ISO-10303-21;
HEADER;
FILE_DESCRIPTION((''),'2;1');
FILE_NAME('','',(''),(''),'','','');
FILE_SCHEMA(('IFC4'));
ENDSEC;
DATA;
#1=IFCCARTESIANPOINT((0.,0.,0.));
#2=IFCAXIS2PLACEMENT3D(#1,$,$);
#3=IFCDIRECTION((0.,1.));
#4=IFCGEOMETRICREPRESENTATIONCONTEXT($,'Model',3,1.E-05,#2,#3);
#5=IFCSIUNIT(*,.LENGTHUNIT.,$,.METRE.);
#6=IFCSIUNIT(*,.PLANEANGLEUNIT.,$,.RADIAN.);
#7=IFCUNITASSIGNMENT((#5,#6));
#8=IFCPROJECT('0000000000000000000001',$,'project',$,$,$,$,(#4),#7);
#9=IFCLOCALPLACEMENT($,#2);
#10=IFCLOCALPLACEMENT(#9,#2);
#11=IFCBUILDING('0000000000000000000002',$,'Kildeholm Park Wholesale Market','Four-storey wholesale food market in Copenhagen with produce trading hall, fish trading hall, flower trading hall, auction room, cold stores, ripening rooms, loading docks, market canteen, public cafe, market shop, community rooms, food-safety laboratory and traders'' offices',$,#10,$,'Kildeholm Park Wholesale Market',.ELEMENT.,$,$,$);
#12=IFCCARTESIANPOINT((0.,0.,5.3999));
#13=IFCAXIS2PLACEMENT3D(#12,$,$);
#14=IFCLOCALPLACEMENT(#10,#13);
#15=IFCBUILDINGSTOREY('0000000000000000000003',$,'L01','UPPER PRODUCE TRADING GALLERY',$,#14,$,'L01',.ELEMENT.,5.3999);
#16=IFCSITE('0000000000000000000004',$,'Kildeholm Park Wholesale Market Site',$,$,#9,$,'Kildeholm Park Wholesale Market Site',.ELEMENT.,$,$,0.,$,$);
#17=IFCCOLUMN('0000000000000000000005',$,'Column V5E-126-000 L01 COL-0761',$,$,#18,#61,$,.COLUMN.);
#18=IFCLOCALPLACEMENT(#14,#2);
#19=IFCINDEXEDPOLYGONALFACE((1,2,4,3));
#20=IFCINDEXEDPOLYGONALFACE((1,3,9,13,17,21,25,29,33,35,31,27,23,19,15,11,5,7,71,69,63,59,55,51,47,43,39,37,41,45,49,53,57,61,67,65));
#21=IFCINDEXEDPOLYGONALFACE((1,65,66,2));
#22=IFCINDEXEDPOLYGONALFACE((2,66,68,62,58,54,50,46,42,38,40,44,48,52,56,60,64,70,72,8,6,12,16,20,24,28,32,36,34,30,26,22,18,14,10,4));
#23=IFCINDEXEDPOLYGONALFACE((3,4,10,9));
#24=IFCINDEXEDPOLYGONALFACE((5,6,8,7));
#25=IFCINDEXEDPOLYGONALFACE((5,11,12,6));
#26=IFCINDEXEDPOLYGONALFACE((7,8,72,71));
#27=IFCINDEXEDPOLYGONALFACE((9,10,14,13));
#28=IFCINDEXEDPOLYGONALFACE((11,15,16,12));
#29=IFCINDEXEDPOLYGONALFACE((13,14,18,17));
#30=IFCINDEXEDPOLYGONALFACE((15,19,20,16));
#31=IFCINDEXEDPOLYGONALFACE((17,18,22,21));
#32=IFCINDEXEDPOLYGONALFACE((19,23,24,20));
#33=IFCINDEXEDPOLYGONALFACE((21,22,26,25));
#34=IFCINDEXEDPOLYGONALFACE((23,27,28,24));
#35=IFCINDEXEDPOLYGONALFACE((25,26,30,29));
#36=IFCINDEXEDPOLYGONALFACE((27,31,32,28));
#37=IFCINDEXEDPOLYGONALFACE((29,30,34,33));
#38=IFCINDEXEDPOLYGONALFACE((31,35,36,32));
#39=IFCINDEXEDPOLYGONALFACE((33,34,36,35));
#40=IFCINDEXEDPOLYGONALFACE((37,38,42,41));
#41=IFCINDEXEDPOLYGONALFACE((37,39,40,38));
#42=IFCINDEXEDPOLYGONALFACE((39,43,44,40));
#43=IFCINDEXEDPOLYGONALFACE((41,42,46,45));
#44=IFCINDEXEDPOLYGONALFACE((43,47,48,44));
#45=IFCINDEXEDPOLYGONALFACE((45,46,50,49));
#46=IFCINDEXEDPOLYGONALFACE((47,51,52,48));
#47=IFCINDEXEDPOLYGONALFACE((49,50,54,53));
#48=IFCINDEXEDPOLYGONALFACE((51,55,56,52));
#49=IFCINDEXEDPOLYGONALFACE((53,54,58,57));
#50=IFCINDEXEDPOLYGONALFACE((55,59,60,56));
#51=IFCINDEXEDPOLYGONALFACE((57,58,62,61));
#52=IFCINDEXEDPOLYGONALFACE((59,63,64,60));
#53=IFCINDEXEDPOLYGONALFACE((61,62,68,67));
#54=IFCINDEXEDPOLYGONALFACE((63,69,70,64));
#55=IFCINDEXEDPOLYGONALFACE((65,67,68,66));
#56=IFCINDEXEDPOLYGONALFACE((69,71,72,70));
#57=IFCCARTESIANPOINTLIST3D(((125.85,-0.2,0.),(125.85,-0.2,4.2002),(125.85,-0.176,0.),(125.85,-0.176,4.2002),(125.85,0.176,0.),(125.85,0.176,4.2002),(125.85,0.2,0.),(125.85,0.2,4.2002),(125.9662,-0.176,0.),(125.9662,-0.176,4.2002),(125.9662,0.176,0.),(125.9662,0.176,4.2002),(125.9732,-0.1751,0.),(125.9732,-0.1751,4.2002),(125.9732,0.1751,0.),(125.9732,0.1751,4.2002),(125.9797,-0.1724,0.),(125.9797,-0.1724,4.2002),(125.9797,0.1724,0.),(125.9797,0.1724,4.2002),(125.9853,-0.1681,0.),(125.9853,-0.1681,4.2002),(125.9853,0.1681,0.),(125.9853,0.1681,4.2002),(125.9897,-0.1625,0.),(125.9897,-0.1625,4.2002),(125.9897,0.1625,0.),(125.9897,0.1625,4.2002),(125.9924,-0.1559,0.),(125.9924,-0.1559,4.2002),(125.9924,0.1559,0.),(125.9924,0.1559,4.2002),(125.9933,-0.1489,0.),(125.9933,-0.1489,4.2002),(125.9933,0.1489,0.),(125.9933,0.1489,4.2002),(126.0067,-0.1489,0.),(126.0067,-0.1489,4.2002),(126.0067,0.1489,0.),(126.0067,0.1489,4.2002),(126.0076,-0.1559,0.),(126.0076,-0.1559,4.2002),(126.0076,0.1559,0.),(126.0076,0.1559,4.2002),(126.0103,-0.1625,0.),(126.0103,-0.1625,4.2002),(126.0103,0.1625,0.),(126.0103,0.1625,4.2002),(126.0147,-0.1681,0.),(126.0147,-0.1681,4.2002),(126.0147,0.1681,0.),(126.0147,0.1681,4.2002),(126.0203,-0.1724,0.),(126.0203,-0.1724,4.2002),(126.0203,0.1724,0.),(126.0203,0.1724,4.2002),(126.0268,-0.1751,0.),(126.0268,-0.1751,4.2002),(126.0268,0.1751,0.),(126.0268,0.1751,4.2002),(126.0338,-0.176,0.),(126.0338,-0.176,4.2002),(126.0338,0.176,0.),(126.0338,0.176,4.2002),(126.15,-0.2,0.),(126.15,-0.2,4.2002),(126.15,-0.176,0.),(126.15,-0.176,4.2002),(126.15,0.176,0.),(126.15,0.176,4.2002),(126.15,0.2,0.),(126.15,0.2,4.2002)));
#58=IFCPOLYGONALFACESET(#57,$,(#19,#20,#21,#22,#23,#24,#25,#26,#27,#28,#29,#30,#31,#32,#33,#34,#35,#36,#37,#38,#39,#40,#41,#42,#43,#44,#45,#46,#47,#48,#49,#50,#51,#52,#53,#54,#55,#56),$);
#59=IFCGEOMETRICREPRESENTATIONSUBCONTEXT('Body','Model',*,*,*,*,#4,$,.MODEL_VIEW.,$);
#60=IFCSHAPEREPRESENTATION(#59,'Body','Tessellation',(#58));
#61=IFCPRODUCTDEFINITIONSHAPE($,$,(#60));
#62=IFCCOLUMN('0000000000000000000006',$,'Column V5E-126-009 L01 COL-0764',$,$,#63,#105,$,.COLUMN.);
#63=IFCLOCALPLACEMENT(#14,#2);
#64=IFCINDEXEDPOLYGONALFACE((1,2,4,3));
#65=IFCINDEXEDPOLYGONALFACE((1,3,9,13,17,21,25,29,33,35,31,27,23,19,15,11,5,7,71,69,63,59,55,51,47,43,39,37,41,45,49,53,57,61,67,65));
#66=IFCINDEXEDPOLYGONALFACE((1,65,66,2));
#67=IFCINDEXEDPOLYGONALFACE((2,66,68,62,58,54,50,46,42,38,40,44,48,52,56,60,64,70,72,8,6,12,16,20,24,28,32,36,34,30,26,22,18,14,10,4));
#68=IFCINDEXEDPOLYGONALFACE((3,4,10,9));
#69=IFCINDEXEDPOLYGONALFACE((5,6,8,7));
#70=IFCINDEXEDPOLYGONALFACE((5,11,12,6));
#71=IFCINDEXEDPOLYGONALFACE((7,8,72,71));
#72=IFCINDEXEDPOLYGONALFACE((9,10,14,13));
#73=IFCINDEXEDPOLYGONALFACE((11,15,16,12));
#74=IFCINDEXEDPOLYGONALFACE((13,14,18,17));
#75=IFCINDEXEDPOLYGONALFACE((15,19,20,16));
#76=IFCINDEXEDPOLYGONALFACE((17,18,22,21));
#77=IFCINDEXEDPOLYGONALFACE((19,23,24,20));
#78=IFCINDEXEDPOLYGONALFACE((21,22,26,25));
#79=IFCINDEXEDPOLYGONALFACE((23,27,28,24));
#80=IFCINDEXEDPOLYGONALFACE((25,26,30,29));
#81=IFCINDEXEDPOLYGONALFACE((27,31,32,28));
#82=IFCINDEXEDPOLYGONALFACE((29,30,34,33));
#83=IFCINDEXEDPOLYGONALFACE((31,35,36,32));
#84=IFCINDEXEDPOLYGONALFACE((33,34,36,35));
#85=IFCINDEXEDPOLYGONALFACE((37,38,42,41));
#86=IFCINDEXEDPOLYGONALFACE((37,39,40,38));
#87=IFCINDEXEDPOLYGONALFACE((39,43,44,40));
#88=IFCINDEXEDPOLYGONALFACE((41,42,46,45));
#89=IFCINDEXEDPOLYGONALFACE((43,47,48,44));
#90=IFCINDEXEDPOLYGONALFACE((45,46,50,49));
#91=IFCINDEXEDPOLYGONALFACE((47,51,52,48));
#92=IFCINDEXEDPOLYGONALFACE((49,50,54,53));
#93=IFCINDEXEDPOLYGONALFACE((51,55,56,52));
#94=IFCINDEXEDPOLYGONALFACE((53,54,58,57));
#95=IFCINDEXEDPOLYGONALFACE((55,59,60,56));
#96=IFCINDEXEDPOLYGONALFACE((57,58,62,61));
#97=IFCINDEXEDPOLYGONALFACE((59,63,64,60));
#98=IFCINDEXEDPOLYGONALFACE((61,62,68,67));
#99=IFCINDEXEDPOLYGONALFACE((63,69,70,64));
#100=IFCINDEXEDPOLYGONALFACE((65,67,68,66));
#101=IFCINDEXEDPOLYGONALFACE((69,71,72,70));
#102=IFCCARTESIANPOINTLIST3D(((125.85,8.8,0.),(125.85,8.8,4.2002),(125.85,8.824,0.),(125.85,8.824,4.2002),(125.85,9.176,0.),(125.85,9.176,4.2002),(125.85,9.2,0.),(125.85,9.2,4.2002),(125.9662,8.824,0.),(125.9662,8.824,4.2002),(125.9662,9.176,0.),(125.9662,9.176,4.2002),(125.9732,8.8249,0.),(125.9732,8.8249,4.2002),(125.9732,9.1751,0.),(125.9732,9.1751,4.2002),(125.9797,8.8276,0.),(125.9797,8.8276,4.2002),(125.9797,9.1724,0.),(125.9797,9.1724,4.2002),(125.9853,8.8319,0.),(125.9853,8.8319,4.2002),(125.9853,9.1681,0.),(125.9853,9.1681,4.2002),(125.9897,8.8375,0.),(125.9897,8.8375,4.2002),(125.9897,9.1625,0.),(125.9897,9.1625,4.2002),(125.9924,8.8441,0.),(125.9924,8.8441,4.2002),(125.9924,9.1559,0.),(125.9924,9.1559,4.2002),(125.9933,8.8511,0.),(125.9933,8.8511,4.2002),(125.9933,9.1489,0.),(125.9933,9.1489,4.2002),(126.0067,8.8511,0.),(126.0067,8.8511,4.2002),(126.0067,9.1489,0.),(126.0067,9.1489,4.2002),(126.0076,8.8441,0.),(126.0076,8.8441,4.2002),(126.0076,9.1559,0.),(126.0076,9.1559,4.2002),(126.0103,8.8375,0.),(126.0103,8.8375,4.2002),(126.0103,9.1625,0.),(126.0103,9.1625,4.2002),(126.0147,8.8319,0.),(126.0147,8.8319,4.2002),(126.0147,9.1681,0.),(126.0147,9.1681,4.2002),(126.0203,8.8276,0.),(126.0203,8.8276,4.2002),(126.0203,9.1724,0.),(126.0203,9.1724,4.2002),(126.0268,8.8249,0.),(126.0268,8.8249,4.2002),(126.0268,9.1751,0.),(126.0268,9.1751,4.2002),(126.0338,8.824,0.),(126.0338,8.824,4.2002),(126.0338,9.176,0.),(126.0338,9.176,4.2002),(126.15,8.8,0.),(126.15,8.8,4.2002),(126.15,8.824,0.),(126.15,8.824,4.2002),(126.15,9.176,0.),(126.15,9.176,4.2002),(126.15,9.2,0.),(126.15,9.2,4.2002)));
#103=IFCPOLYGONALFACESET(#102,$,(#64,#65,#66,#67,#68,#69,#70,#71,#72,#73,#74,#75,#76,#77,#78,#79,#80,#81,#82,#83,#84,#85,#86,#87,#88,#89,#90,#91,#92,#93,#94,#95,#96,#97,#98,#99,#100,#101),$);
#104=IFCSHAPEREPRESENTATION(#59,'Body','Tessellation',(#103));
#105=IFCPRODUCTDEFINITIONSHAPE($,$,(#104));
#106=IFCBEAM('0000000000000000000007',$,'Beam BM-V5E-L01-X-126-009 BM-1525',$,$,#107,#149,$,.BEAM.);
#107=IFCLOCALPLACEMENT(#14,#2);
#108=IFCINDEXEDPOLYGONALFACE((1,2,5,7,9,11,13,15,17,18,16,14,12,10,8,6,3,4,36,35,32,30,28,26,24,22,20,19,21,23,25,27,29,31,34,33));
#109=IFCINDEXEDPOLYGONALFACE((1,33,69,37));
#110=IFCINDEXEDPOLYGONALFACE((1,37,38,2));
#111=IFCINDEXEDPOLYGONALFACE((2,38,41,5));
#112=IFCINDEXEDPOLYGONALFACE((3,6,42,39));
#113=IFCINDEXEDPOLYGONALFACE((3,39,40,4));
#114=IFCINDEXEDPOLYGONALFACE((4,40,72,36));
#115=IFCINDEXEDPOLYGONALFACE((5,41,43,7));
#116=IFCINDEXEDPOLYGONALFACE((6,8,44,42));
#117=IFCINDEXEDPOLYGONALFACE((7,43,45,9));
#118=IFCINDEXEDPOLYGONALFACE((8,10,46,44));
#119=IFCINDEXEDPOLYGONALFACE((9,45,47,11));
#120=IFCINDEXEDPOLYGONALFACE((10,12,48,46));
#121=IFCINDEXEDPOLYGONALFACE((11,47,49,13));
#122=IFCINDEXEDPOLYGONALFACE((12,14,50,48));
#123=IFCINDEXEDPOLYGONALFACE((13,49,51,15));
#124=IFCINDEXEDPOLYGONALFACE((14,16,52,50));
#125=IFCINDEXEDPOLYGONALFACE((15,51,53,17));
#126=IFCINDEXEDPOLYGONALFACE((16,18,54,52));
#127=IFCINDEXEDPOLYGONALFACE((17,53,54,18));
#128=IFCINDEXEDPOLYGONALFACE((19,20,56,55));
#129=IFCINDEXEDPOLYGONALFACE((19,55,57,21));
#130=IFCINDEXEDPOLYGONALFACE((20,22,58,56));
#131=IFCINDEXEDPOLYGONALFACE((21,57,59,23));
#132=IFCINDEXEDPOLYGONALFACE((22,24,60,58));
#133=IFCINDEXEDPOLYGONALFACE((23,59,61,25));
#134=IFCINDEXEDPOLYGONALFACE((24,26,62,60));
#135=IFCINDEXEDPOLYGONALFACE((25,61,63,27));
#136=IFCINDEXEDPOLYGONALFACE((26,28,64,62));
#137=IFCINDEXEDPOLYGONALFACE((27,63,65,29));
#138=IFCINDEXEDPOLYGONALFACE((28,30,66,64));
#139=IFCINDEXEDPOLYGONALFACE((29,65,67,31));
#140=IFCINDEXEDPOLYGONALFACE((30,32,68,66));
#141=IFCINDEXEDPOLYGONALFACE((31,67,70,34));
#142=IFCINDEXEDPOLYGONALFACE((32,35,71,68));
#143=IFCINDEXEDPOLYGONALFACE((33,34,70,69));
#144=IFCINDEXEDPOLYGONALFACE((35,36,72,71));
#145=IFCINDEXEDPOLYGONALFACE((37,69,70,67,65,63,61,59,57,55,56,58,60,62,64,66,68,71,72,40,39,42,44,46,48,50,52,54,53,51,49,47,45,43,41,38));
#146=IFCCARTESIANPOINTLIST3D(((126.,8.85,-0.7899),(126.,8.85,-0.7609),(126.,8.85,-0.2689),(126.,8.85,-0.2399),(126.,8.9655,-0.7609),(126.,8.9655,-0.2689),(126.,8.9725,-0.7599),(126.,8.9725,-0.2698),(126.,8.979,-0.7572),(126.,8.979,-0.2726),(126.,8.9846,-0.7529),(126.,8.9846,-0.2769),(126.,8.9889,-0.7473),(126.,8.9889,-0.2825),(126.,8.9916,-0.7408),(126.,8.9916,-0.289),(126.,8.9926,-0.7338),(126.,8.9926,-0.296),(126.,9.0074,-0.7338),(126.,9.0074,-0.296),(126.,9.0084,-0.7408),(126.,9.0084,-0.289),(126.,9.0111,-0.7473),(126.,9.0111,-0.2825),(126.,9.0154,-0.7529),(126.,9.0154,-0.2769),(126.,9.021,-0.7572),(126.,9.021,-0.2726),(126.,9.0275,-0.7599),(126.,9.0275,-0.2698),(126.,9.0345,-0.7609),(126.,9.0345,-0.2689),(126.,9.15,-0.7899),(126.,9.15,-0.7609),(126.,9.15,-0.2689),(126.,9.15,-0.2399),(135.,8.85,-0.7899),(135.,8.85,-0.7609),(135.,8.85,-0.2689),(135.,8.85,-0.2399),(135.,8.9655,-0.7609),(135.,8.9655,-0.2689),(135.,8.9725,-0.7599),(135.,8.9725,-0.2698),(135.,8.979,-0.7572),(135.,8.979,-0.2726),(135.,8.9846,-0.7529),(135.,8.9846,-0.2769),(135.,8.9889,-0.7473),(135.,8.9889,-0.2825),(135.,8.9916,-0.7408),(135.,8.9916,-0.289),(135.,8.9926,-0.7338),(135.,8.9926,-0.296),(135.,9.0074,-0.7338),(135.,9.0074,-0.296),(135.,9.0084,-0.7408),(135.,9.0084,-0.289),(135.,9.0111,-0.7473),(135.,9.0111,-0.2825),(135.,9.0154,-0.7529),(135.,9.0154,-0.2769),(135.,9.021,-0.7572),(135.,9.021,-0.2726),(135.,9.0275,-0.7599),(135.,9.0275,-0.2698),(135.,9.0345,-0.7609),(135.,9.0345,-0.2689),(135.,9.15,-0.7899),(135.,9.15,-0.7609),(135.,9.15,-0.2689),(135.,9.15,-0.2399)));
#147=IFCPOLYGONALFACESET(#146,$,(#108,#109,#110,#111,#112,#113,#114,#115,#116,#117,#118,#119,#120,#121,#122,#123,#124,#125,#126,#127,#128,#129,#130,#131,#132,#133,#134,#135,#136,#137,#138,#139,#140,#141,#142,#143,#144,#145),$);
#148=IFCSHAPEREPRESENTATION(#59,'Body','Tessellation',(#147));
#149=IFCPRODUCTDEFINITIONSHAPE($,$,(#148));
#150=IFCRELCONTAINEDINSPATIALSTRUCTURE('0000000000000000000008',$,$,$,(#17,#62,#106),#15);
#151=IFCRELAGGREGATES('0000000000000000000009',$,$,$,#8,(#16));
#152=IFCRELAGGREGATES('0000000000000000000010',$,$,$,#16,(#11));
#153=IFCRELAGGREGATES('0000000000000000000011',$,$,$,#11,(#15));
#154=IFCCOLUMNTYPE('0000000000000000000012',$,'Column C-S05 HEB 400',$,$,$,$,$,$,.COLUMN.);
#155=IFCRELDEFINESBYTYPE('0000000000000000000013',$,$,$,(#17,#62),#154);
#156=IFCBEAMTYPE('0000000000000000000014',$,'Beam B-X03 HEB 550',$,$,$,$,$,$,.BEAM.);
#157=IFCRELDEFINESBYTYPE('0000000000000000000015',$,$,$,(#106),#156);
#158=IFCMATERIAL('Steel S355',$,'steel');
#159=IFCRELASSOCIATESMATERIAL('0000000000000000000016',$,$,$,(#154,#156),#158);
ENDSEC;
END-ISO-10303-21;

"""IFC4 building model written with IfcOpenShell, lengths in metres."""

from ifc_helpers import new_model, si_unit, direction, frame, origin, origin_2d, place, context, subcontext, project, spatial, i_section, extrude, material, material_profile, profile_set, type_object, element, save


model = new_model("IFC4")

# Units and contexts
model_context = context("Model", 3, precision=1e-05, world=origin(), true_north=direction((0.0, 1.0)))
body_context = subcontext(model_context, "Body", "Model", "MODEL_VIEW")
ifc_project = project(units=[si_unit("LENGTHUNIT", "METRE"), si_unit("PLANEANGLEUNIT", "RADIAN")], contexts=[model_context])

# Site, building, storey
site_placement = place(None, origin())
site = spatial("IfcSite", under=ifc_project, at=site_placement, Name="Kildeholm Park Wholesale Market Site", LongName="Kildeholm Park Wholesale Market Site", CompositionType="ELEMENT", RefElevation=0.0)
building_placement = place(site_placement, origin())
building = spatial("IfcBuilding", under=site, at=building_placement, Name="Kildeholm Park Wholesale Market", Description="Four-storey wholesale food market in Copenhagen with produce trading hall, fish trading hall, flower trading hall, auction room, cold stores, ripening rooms, loading docks, market canteen, public cafe, market shop, community rooms, food-safety laboratory and traders' offices", LongName="Kildeholm Park Wholesale Market", CompositionType="ELEMENT")
storey_placement = place(building_placement, frame((0.0, 0.0, 5.3999)))
storey = spatial("IfcBuildingStorey", under=building, at=storey_placement, Name="L01", Description="UPPER PRODUCE TRADING GALLERY", LongName="L01", CompositionType="ELEMENT", Elevation=5.3999)

# Columns
ifc_material_1 = material(Name="Steel S355", Category="steel")
ifc_material_profile_1 = material_profile(ifc_material_1, i_section(OverallWidth=0.3, OverallDepth=0.3999, WebThickness=0.0134, FlangeThickness=0.0239, FilletRadius=0.0271, at=origin_2d()), Name="HEB 400")
ifc_profile_set_1 = profile_set([ifc_material_profile_1], Name="Steel S355")
column_type = type_object("IfcColumnType", Name="Column C-S05 HEB 400", PredefinedType="COLUMN", material=ifc_profile_set_1)
for number, where, z_axis, x_axis, name in (
    (1, (126.0, 0.0, 0.0), (0.0, 0.0, 1.0), (1.0, 0.0, 0.0), "Column V5E-126-000 L01 COL-0761"),
    (2, (126.0, 9.0, 0.0), (0.0, 0.0, 1.0), (1.0, 0.0, 0.0), "Column V5E-126-009 L01 COL-0764"),
):
    element("IfcColumn", number, at=place(storey_placement, frame(where, z_axis=z_axis, x_axis=x_axis)), inside=storey, type_object=column_type, Name=name, PredefinedType="COLUMN", context=body_context, shape_type="SweptSolid", body=[
        extrude(i_section(OverallWidth=0.3, OverallDepth=0.3999, WebThickness=0.0134, FlangeThickness=0.0239, FilletRadius=0.0271, at=origin_2d()), origin(), (0.0, 0.0, 1.0), 4.2002),
    ])

# Beam
ifc_material_profile_2 = material_profile(ifc_material_1, i_section(OverallWidth=0.3, OverallDepth=0.55, WebThickness=0.0149, FlangeThickness=0.0291, FilletRadius=0.0271, at=origin_2d()), Name="HEB 550")
ifc_profile_set_2 = profile_set([ifc_material_profile_2], Name="Steel S355")
beam_type_1 = type_object("IfcBeamType", Name="Beam B-X03 HEB 550", PredefinedType="BEAM", material=ifc_profile_set_2)
beam_1_placement = place(storey_placement, frame((126.0, 9.0, -0.5149), z_axis=(1.0, 0.0, 0.0), x_axis=(0.0, 1.0, 0.0)))
element("IfcBeam", 3, at=beam_1_placement, inside=storey, type_object=beam_type_1, Name="Beam BM-V5E-L01-X-126-009 BM-1525", PredefinedType="BEAM", context=body_context, shape_type="SweptSolid", body=[
    extrude(i_section(OverallWidth=0.3, OverallDepth=0.55, WebThickness=0.0149, FlangeThickness=0.0291, FilletRadius=0.0271, at=origin_2d()), origin(), (0.0, 0.0, 1.0), 9.0),
])

save(model, "model.ifc")
